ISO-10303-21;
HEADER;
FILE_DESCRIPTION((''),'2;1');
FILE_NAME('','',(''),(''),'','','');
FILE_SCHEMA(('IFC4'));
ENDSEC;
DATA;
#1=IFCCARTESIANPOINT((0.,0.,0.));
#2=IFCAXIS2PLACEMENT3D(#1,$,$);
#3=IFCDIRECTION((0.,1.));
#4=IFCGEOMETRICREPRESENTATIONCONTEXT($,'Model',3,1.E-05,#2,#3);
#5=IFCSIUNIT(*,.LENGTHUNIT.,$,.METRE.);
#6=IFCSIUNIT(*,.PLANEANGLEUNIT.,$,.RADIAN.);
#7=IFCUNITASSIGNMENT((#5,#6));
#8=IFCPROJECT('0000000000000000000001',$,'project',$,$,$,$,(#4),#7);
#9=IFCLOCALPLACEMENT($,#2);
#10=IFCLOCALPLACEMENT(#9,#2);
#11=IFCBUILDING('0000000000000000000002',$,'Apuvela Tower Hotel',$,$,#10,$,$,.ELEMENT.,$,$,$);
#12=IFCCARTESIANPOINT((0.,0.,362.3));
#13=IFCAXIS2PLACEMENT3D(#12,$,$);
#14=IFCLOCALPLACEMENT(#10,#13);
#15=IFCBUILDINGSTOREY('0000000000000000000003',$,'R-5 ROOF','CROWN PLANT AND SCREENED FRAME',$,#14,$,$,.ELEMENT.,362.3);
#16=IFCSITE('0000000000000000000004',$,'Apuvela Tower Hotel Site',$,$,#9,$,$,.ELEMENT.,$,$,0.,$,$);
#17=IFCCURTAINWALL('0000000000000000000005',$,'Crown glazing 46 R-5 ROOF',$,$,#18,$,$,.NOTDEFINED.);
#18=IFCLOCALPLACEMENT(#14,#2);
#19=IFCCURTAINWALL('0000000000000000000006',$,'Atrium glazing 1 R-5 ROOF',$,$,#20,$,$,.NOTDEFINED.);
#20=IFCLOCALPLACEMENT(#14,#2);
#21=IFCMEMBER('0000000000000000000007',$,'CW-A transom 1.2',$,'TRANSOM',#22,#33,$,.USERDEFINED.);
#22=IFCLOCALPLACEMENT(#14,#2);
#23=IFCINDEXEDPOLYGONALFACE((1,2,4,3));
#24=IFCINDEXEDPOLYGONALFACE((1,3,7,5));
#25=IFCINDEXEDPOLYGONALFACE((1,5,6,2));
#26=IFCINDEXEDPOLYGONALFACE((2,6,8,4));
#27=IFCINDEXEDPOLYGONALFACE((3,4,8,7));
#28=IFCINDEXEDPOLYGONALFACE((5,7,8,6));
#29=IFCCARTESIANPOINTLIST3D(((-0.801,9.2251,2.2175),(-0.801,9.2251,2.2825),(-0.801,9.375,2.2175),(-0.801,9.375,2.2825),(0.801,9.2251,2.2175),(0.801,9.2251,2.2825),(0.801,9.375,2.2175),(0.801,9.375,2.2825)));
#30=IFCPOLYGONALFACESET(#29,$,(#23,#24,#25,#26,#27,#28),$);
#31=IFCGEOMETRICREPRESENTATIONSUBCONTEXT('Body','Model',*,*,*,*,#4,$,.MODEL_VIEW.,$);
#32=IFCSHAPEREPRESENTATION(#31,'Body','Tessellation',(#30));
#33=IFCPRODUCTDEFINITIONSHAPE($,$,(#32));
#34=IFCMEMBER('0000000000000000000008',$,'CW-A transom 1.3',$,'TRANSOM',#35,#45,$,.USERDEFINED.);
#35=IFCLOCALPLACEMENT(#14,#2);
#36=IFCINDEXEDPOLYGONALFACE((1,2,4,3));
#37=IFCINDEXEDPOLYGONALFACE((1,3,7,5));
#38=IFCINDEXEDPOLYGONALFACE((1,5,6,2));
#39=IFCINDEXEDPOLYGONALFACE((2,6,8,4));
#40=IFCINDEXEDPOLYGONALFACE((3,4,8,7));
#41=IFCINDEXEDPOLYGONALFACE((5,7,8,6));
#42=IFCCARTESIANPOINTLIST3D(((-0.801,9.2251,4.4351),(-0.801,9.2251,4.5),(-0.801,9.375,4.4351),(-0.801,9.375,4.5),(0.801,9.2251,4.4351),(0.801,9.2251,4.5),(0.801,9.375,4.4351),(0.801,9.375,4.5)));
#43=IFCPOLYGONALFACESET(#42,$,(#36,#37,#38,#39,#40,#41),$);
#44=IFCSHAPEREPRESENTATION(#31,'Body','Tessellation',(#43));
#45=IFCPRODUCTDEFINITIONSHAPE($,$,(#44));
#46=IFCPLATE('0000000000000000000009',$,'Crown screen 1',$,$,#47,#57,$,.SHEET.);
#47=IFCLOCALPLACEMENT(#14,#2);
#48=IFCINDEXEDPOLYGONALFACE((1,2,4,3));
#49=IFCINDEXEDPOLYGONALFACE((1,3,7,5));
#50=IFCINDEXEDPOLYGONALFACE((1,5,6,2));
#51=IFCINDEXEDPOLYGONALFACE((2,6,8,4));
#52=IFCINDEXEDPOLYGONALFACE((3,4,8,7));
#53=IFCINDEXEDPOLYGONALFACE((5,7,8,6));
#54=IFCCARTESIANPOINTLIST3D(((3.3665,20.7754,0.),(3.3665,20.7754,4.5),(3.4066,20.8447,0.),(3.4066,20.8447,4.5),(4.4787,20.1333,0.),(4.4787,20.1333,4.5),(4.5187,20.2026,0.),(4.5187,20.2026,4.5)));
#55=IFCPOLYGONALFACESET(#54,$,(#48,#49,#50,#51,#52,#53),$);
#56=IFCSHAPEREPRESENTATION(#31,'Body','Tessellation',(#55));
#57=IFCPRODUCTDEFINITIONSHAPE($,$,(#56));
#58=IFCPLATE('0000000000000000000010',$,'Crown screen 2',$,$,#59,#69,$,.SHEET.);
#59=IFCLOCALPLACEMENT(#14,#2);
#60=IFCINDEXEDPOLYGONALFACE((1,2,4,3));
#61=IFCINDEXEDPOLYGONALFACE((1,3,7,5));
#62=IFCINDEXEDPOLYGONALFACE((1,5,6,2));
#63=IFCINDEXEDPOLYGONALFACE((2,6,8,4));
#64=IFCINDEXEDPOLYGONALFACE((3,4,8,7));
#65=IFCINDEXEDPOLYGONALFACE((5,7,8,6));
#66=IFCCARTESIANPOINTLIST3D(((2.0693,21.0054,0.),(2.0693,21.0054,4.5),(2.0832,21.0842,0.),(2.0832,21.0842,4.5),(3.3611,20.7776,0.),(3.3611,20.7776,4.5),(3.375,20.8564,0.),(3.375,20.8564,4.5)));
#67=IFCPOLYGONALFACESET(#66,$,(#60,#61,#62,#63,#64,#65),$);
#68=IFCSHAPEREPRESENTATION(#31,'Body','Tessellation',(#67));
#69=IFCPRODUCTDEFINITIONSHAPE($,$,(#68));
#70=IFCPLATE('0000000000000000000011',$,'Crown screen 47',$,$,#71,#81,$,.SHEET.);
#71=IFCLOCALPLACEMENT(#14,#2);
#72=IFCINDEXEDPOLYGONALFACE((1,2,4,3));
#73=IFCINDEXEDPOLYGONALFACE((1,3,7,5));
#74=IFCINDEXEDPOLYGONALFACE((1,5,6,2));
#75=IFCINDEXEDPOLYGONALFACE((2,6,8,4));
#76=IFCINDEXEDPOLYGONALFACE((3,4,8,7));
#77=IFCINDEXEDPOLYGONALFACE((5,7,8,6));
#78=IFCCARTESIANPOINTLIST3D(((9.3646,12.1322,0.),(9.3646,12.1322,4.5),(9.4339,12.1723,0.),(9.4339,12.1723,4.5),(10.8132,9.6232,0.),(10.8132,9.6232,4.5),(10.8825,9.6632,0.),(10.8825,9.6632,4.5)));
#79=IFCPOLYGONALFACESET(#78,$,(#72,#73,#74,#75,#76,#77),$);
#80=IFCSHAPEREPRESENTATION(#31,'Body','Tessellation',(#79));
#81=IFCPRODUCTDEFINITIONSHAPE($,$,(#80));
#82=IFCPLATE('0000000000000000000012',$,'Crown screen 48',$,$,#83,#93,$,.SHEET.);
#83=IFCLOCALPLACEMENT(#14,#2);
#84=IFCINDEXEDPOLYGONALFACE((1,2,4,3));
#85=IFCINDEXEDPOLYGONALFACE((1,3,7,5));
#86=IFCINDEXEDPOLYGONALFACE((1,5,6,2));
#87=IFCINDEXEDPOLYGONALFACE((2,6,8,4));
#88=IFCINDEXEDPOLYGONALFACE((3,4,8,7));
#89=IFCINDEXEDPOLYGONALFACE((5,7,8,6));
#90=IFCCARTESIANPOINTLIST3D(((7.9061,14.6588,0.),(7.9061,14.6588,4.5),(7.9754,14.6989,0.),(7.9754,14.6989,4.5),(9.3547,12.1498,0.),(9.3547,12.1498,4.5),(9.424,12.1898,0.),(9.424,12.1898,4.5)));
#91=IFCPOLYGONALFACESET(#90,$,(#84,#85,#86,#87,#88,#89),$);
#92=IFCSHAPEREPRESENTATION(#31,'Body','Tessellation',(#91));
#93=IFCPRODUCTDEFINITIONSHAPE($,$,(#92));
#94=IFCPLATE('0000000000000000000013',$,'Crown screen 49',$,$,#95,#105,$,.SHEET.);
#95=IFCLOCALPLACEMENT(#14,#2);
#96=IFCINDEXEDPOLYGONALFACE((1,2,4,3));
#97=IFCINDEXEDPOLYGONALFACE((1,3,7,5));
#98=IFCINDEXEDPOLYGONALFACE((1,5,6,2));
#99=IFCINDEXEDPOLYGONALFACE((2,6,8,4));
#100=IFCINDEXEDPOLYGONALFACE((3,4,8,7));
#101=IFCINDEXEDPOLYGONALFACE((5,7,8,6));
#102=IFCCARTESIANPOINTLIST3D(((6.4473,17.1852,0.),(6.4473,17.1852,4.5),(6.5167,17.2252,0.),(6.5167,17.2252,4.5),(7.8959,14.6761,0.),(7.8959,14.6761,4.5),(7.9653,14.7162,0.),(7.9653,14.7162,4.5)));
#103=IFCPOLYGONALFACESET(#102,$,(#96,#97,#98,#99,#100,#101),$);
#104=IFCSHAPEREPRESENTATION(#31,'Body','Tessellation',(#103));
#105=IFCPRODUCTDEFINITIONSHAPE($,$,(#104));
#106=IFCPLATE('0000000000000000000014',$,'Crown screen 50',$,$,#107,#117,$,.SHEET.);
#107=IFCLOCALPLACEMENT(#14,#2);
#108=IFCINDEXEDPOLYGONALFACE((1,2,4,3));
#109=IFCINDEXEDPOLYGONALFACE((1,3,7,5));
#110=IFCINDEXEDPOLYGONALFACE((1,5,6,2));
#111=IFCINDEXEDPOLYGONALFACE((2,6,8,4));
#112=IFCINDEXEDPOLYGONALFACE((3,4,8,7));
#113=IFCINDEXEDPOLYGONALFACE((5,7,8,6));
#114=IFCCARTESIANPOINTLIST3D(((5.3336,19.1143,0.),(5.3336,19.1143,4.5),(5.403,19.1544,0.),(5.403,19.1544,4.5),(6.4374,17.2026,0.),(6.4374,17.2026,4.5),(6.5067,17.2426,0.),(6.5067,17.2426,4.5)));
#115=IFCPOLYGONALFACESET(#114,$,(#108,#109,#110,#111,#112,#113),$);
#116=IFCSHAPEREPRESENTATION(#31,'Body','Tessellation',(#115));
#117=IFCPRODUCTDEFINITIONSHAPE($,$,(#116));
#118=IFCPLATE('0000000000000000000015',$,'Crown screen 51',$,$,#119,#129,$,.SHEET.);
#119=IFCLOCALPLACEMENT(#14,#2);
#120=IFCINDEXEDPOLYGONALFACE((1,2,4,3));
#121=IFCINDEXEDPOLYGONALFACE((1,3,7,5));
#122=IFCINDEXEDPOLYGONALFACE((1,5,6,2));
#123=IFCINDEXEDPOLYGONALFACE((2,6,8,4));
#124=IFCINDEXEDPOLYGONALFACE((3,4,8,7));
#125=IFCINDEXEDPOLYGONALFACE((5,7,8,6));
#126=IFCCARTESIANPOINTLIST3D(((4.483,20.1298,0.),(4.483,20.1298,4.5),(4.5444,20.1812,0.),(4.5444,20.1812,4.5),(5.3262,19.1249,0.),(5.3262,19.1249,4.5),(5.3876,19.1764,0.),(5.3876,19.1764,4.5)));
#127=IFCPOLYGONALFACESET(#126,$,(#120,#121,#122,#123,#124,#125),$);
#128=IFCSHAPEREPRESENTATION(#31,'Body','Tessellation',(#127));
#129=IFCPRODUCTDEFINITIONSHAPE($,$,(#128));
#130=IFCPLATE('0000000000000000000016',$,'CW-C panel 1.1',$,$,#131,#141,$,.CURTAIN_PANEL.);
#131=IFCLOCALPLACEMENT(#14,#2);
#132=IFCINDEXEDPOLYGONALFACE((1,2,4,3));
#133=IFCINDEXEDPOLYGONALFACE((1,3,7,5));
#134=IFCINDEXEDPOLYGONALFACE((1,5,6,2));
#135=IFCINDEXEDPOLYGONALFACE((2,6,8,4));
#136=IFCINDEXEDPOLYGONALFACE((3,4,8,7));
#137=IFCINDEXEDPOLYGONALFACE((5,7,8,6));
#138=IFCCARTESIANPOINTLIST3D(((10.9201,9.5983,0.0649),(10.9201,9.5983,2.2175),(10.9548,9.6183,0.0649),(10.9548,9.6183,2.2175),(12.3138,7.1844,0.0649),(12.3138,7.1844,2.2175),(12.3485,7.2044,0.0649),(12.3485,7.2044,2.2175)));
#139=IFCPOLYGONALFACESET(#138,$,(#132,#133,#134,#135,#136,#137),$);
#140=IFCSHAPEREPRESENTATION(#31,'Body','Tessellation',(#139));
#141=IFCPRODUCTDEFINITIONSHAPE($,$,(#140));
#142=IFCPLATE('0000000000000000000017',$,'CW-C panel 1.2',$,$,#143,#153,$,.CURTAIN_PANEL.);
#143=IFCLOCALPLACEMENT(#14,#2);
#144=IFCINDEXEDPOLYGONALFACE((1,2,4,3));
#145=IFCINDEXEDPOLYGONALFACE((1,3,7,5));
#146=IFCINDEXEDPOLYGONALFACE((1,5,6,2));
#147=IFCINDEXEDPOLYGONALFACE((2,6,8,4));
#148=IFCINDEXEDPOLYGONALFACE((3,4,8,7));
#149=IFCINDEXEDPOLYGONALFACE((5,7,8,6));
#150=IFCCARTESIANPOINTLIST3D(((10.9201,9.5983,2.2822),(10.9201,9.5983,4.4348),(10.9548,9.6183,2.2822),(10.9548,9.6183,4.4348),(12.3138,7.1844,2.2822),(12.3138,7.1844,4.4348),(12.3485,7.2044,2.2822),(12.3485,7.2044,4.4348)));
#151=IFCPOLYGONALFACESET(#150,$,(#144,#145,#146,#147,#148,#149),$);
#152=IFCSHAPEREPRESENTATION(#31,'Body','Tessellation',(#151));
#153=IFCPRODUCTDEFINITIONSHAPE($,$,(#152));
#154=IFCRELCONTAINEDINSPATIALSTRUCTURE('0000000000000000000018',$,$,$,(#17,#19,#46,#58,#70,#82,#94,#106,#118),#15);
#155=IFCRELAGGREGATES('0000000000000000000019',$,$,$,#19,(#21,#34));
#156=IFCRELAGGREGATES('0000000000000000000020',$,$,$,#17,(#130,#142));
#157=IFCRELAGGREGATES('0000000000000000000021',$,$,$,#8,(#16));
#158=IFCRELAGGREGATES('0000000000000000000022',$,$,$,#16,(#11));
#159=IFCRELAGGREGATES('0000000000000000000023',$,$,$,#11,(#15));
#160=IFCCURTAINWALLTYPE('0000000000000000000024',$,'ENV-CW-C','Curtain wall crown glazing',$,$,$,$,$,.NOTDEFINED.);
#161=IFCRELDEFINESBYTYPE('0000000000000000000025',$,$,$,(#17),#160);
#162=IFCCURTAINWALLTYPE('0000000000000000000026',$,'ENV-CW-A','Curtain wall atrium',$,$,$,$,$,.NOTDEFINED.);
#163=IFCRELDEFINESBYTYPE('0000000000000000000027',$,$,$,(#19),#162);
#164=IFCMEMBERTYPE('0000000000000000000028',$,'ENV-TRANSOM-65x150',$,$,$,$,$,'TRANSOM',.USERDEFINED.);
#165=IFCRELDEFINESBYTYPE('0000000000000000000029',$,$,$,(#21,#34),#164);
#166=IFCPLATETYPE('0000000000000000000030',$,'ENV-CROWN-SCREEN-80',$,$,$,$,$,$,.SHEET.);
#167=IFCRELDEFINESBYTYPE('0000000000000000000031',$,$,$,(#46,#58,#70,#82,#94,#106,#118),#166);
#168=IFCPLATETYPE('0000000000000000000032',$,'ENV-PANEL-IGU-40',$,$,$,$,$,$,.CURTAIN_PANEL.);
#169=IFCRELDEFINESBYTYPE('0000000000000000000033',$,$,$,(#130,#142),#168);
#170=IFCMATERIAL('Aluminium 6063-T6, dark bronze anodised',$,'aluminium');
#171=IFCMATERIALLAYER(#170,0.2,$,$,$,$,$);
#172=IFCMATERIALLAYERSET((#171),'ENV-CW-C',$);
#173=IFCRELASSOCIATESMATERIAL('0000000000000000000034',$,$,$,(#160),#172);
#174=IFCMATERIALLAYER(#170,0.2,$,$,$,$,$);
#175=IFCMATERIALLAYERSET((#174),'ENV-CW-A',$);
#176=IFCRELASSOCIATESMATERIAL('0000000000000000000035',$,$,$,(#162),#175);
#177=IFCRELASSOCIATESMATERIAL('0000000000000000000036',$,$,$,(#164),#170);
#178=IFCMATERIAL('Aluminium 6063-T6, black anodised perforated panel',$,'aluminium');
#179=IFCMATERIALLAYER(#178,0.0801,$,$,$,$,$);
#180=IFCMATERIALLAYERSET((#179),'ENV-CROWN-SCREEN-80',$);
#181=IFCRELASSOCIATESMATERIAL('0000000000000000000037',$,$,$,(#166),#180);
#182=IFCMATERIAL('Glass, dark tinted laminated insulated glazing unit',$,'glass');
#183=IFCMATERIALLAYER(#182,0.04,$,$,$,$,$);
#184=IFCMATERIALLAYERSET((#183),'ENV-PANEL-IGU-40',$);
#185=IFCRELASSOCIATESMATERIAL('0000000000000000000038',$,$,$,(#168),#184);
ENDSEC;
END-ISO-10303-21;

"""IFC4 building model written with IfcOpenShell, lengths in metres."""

from ifc_helpers import new_model, si_unit, direction, frame, origin, origin_2d, place, context, subcontext, project, spatial, rectangle, extrude, material, layer, layer_set, material_profile, profile_set, type_object, element, aggregate, save


model = new_model("IFC4")

# Units and contexts
model_context = context("Model", 3, precision=1e-05, world=origin(), true_north=direction((0.0, 1.0)))
body_context = subcontext(model_context, "Body", "Model", "MODEL_VIEW")
ifc_project = project(units=[si_unit("LENGTHUNIT", "METRE"), si_unit("PLANEANGLEUNIT", "RADIAN")], contexts=[model_context])

# Site, building, storey
site_placement = place(None, origin())
site = spatial("IfcSite", under=ifc_project, at=site_placement, Name="Apuvela Tower Hotel Site", CompositionType="ELEMENT", RefElevation=0.0)
building_placement = place(site_placement, origin())
building = spatial("IfcBuilding", under=site, at=building_placement, Name="Apuvela Tower Hotel", CompositionType="ELEMENT")
storey_placement = place(building_placement, frame((0.0, 0.0, 362.3)))
storey = spatial("IfcBuildingStorey", under=building, at=storey_placement, Name="R-5 ROOF", Description="CROWN PLANT AND SCREENED FRAME", CompositionType="ELEMENT", Elevation=362.3)

# Curtain walls
ifc_material_1 = material(Name="Aluminium 6063-T6, dark bronze anodised", Category="aluminium")
ifc_layer_1 = layer(ifc_material_1, 0.2)
ifc_layer_set_1 = layer_set([ifc_layer_1], Name="ENV-CW-C")
curtain_wall_type_1 = type_object("IfcCurtainWallType", Name="ENV-CW-C", Description="Curtain wall crown glazing", PredefinedType="NOTDEFINED", material=ifc_layer_set_1)
curtain_wall_1_placement = place(storey_placement, origin())
curtain_wall_1 = element("IfcCurtainWall", 1, at=curtain_wall_1_placement, inside=storey, type_object=curtain_wall_type_1, Name="Crown glazing 46 R-5 ROOF", PredefinedType="NOTDEFINED")
ifc_layer_2 = layer(ifc_material_1, 0.2)
ifc_layer_set_2 = layer_set([ifc_layer_2], Name="ENV-CW-A")
curtain_wall_type_2 = type_object("IfcCurtainWallType", Name="ENV-CW-A", Description="Curtain wall atrium", PredefinedType="NOTDEFINED", material=ifc_layer_set_2)
curtain_wall_2_placement = place(storey_placement, origin())
curtain_wall_2 = element("IfcCurtainWall", 2, at=curtain_wall_2_placement, inside=storey, type_object=curtain_wall_type_2, Name="Atrium glazing 1 R-5 ROOF", PredefinedType="NOTDEFINED")

# Members
ifc_material_profile_1 = material_profile(ifc_material_1, rectangle(XDim=0.1499, YDim=0.0649, at=origin_2d()), Name="AL 65x150 transom")
ifc_profile_set_1 = profile_set([ifc_material_profile_1], Name="Aluminium 6063-T6, dark bronze anodised")
member_type_1 = type_object("IfcMemberType", Name="ENV-TRANSOM-65x150", ElementType="TRANSOM", PredefinedType="USERDEFINED", material=ifc_profile_set_1)
member_1_placement = place(storey_placement, frame((0.801, 9.3, 2.25), z_axis=(-1.0, 0.0, 0.0), x_axis=(0.0, -1.0, 0.0)))
member_1 = element("IfcMember", 3, at=member_1_placement, type_object=member_type_1, Name="CW-A transom 1.2", ObjectType="TRANSOM", PredefinedType="USERDEFINED", context=body_context, shape_type="SweptSolid", body=[
    extrude(rectangle(XDim=0.1499, YDim=0.0649, at=origin_2d()), origin(), (0.0, 0.0, 1.0), 1.6021),
])
member_2_placement = place(storey_placement, frame((0.801, 9.3, 4.4675), z_axis=(-1.0, 0.0, 0.0), x_axis=(0.0, -1.0, 0.0)))
member_2 = element("IfcMember", 4, at=member_2_placement, type_object=member_type_1, Name="CW-A transom 1.3", ObjectType="TRANSOM", PredefinedType="USERDEFINED", context=body_context, shape_type="SweptSolid", body=[
    extrude(rectangle(XDim=0.1499, YDim=0.0649, at=origin_2d()), origin(), (0.0, 0.0, 1.0), 1.6021),
])
aggregate(curtain_wall_2, [member_1, member_2])

# Plates
ifc_material_2 = material(Name="Aluminium 6063-T6, black anodised perforated panel", Category="aluminium")
ifc_layer_3 = layer(ifc_material_2, 0.0801)
ifc_layer_set_3 = layer_set([ifc_layer_3], Name="ENV-CROWN-SCREEN-80")
plate_type_1 = type_object("IfcPlateType", Name="ENV-CROWN-SCREEN-80", PredefinedType="SHEET", material=ifc_layer_set_3)
plate_1_placement = place(storey_placement, frame((3.9426, 20.489, 0.0), z_axis=(0.0, 0.0, 1.0), x_axis=(-0.866025, 0.5, 0.0)))
element("IfcPlate", 5, at=plate_1_placement, inside=storey, type_object=plate_type_1, Name="Crown screen 1", PredefinedType="SHEET", context=body_context, shape_type="SweptSolid", body=[
    extrude(rectangle(XDim=1.2842, YDim=0.0801, at=origin_2d()), origin(), (0.0, 0.0, 1.0), 4.5),
])
plate_2_placement = place(storey_placement, frame((2.7222, 20.9309, 0.0), z_axis=(0.0, 0.0, 1.0), x_axis=(-0.984808, 0.173648, 0.0)))
element("IfcPlate", 6, at=plate_2_placement, inside=storey, type_object=plate_type_1, Name="Crown screen 2", PredefinedType="SHEET", context=body_context, shape_type="SweptSolid", body=[
    extrude(rectangle(XDim=1.3118, YDim=0.0801, at=origin_2d()), origin(), (0.0, 0.0, 1.0), 4.5),
])
for number, where, z_axis, x_axis, name in (
    (7, (10.1235, 10.8977, 0.0), (0.0, 0.0, 1.0), (-0.5, 0.866025, 0.0), "Crown screen 47"),
    (8, (8.665, 13.4243, 0.0), (0.0, 0.0, 1.0), (-0.5, 0.866025, 0.0), "Crown screen 48"),
    (9, (7.2063, 15.9507, 0.0), (0.0, 0.0, 1.0), (-0.5, 0.866025, 0.0), "Crown screen 49"),
):
    element("IfcPlate", number, at=place(storey_placement, frame(where, z_axis=z_axis, x_axis=x_axis)), inside=storey, type_object=plate_type_1, Name=name, PredefinedType="SHEET", context=body_context, shape_type="SweptSolid", body=[
        extrude(rectangle(XDim=2.8972, YDim=0.0801, at=origin_2d()), origin(), (0.0, 0.0, 1.0), 4.5),
    ])
plate_3_placement = place(storey_placement, frame((5.9202, 18.1785, 0.0), z_axis=(0.0, 0.0, 1.0), x_axis=(-0.5, 0.866025, 0.0)))
element("IfcPlate", 10, at=plate_3_placement, inside=storey, type_object=plate_type_1, Name="Crown screen 50", PredefinedType="SHEET", context=body_context, shape_type="SweptSolid", body=[
    extrude(rectangle(XDim=2.2075, YDim=0.0801, at=origin_2d()), origin(), (0.0, 0.0, 1.0), 4.5),
])
plate_4_placement = place(storey_placement, frame((4.9353, 19.6531, 0.0), z_axis=(0.0, 0.0, 1.0), x_axis=(-0.642788, 0.766044, 0.0)))
element("IfcPlate", 11, at=plate_4_placement, inside=storey, type_object=plate_type_1, Name="Crown screen 51", PredefinedType="SHEET", context=body_context, shape_type="SweptSolid", body=[
    extrude(rectangle(XDim=1.3118, YDim=0.0801, at=origin_2d()), origin(), (0.0, 0.0, 1.0), 4.5),
])

# Plates
ifc_material_3 = material(Name="Glass, dark tinted laminated insulated glazing unit", Category="glass")
ifc_layer_4 = layer(ifc_material_3, 0.04)
ifc_layer_set_4 = layer_set([ifc_layer_4], Name="ENV-PANEL-IGU-40")
plate_type_2 = type_object("IfcPlateType", Name="ENV-PANEL-IGU-40", PredefinedType="CURTAIN_PANEL", material=ifc_layer_set_4)
plate_5_placement = place(storey_placement, frame((11.6343, 8.4014, 0.0649), z_axis=(0.0, 0.0, 1.0), x_axis=(-0.500006, 0.866022, 0.0)))
plate_5 = element("IfcPlate", 12, at=plate_5_placement, type_object=plate_type_2, Name="CW-C panel 1.1", PredefinedType="CURTAIN_PANEL", context=body_context, shape_type="SweptSolid", body=[
    extrude(rectangle(XDim=2.7874, YDim=0.04, at=origin_2d()), origin(), (0.0, 0.0, 1.0), 2.1526),
])
plate_6_placement = place(storey_placement, frame((11.6343, 8.4014, 2.2822), z_axis=(0.0, 0.0, 1.0), x_axis=(-0.500006, 0.866022, 0.0)))
plate_6 = element("IfcPlate", 13, at=plate_6_placement, type_object=plate_type_2, Name="CW-C panel 1.2", PredefinedType="CURTAIN_PANEL", context=body_context, shape_type="SweptSolid", body=[
    extrude(rectangle(XDim=2.7874, YDim=0.04, at=origin_2d()), origin(), (0.0, 0.0, 1.0), 2.1526),
])
aggregate(curtain_wall_1, [plate_5, plate_6])

save(model, "model.ifc")
